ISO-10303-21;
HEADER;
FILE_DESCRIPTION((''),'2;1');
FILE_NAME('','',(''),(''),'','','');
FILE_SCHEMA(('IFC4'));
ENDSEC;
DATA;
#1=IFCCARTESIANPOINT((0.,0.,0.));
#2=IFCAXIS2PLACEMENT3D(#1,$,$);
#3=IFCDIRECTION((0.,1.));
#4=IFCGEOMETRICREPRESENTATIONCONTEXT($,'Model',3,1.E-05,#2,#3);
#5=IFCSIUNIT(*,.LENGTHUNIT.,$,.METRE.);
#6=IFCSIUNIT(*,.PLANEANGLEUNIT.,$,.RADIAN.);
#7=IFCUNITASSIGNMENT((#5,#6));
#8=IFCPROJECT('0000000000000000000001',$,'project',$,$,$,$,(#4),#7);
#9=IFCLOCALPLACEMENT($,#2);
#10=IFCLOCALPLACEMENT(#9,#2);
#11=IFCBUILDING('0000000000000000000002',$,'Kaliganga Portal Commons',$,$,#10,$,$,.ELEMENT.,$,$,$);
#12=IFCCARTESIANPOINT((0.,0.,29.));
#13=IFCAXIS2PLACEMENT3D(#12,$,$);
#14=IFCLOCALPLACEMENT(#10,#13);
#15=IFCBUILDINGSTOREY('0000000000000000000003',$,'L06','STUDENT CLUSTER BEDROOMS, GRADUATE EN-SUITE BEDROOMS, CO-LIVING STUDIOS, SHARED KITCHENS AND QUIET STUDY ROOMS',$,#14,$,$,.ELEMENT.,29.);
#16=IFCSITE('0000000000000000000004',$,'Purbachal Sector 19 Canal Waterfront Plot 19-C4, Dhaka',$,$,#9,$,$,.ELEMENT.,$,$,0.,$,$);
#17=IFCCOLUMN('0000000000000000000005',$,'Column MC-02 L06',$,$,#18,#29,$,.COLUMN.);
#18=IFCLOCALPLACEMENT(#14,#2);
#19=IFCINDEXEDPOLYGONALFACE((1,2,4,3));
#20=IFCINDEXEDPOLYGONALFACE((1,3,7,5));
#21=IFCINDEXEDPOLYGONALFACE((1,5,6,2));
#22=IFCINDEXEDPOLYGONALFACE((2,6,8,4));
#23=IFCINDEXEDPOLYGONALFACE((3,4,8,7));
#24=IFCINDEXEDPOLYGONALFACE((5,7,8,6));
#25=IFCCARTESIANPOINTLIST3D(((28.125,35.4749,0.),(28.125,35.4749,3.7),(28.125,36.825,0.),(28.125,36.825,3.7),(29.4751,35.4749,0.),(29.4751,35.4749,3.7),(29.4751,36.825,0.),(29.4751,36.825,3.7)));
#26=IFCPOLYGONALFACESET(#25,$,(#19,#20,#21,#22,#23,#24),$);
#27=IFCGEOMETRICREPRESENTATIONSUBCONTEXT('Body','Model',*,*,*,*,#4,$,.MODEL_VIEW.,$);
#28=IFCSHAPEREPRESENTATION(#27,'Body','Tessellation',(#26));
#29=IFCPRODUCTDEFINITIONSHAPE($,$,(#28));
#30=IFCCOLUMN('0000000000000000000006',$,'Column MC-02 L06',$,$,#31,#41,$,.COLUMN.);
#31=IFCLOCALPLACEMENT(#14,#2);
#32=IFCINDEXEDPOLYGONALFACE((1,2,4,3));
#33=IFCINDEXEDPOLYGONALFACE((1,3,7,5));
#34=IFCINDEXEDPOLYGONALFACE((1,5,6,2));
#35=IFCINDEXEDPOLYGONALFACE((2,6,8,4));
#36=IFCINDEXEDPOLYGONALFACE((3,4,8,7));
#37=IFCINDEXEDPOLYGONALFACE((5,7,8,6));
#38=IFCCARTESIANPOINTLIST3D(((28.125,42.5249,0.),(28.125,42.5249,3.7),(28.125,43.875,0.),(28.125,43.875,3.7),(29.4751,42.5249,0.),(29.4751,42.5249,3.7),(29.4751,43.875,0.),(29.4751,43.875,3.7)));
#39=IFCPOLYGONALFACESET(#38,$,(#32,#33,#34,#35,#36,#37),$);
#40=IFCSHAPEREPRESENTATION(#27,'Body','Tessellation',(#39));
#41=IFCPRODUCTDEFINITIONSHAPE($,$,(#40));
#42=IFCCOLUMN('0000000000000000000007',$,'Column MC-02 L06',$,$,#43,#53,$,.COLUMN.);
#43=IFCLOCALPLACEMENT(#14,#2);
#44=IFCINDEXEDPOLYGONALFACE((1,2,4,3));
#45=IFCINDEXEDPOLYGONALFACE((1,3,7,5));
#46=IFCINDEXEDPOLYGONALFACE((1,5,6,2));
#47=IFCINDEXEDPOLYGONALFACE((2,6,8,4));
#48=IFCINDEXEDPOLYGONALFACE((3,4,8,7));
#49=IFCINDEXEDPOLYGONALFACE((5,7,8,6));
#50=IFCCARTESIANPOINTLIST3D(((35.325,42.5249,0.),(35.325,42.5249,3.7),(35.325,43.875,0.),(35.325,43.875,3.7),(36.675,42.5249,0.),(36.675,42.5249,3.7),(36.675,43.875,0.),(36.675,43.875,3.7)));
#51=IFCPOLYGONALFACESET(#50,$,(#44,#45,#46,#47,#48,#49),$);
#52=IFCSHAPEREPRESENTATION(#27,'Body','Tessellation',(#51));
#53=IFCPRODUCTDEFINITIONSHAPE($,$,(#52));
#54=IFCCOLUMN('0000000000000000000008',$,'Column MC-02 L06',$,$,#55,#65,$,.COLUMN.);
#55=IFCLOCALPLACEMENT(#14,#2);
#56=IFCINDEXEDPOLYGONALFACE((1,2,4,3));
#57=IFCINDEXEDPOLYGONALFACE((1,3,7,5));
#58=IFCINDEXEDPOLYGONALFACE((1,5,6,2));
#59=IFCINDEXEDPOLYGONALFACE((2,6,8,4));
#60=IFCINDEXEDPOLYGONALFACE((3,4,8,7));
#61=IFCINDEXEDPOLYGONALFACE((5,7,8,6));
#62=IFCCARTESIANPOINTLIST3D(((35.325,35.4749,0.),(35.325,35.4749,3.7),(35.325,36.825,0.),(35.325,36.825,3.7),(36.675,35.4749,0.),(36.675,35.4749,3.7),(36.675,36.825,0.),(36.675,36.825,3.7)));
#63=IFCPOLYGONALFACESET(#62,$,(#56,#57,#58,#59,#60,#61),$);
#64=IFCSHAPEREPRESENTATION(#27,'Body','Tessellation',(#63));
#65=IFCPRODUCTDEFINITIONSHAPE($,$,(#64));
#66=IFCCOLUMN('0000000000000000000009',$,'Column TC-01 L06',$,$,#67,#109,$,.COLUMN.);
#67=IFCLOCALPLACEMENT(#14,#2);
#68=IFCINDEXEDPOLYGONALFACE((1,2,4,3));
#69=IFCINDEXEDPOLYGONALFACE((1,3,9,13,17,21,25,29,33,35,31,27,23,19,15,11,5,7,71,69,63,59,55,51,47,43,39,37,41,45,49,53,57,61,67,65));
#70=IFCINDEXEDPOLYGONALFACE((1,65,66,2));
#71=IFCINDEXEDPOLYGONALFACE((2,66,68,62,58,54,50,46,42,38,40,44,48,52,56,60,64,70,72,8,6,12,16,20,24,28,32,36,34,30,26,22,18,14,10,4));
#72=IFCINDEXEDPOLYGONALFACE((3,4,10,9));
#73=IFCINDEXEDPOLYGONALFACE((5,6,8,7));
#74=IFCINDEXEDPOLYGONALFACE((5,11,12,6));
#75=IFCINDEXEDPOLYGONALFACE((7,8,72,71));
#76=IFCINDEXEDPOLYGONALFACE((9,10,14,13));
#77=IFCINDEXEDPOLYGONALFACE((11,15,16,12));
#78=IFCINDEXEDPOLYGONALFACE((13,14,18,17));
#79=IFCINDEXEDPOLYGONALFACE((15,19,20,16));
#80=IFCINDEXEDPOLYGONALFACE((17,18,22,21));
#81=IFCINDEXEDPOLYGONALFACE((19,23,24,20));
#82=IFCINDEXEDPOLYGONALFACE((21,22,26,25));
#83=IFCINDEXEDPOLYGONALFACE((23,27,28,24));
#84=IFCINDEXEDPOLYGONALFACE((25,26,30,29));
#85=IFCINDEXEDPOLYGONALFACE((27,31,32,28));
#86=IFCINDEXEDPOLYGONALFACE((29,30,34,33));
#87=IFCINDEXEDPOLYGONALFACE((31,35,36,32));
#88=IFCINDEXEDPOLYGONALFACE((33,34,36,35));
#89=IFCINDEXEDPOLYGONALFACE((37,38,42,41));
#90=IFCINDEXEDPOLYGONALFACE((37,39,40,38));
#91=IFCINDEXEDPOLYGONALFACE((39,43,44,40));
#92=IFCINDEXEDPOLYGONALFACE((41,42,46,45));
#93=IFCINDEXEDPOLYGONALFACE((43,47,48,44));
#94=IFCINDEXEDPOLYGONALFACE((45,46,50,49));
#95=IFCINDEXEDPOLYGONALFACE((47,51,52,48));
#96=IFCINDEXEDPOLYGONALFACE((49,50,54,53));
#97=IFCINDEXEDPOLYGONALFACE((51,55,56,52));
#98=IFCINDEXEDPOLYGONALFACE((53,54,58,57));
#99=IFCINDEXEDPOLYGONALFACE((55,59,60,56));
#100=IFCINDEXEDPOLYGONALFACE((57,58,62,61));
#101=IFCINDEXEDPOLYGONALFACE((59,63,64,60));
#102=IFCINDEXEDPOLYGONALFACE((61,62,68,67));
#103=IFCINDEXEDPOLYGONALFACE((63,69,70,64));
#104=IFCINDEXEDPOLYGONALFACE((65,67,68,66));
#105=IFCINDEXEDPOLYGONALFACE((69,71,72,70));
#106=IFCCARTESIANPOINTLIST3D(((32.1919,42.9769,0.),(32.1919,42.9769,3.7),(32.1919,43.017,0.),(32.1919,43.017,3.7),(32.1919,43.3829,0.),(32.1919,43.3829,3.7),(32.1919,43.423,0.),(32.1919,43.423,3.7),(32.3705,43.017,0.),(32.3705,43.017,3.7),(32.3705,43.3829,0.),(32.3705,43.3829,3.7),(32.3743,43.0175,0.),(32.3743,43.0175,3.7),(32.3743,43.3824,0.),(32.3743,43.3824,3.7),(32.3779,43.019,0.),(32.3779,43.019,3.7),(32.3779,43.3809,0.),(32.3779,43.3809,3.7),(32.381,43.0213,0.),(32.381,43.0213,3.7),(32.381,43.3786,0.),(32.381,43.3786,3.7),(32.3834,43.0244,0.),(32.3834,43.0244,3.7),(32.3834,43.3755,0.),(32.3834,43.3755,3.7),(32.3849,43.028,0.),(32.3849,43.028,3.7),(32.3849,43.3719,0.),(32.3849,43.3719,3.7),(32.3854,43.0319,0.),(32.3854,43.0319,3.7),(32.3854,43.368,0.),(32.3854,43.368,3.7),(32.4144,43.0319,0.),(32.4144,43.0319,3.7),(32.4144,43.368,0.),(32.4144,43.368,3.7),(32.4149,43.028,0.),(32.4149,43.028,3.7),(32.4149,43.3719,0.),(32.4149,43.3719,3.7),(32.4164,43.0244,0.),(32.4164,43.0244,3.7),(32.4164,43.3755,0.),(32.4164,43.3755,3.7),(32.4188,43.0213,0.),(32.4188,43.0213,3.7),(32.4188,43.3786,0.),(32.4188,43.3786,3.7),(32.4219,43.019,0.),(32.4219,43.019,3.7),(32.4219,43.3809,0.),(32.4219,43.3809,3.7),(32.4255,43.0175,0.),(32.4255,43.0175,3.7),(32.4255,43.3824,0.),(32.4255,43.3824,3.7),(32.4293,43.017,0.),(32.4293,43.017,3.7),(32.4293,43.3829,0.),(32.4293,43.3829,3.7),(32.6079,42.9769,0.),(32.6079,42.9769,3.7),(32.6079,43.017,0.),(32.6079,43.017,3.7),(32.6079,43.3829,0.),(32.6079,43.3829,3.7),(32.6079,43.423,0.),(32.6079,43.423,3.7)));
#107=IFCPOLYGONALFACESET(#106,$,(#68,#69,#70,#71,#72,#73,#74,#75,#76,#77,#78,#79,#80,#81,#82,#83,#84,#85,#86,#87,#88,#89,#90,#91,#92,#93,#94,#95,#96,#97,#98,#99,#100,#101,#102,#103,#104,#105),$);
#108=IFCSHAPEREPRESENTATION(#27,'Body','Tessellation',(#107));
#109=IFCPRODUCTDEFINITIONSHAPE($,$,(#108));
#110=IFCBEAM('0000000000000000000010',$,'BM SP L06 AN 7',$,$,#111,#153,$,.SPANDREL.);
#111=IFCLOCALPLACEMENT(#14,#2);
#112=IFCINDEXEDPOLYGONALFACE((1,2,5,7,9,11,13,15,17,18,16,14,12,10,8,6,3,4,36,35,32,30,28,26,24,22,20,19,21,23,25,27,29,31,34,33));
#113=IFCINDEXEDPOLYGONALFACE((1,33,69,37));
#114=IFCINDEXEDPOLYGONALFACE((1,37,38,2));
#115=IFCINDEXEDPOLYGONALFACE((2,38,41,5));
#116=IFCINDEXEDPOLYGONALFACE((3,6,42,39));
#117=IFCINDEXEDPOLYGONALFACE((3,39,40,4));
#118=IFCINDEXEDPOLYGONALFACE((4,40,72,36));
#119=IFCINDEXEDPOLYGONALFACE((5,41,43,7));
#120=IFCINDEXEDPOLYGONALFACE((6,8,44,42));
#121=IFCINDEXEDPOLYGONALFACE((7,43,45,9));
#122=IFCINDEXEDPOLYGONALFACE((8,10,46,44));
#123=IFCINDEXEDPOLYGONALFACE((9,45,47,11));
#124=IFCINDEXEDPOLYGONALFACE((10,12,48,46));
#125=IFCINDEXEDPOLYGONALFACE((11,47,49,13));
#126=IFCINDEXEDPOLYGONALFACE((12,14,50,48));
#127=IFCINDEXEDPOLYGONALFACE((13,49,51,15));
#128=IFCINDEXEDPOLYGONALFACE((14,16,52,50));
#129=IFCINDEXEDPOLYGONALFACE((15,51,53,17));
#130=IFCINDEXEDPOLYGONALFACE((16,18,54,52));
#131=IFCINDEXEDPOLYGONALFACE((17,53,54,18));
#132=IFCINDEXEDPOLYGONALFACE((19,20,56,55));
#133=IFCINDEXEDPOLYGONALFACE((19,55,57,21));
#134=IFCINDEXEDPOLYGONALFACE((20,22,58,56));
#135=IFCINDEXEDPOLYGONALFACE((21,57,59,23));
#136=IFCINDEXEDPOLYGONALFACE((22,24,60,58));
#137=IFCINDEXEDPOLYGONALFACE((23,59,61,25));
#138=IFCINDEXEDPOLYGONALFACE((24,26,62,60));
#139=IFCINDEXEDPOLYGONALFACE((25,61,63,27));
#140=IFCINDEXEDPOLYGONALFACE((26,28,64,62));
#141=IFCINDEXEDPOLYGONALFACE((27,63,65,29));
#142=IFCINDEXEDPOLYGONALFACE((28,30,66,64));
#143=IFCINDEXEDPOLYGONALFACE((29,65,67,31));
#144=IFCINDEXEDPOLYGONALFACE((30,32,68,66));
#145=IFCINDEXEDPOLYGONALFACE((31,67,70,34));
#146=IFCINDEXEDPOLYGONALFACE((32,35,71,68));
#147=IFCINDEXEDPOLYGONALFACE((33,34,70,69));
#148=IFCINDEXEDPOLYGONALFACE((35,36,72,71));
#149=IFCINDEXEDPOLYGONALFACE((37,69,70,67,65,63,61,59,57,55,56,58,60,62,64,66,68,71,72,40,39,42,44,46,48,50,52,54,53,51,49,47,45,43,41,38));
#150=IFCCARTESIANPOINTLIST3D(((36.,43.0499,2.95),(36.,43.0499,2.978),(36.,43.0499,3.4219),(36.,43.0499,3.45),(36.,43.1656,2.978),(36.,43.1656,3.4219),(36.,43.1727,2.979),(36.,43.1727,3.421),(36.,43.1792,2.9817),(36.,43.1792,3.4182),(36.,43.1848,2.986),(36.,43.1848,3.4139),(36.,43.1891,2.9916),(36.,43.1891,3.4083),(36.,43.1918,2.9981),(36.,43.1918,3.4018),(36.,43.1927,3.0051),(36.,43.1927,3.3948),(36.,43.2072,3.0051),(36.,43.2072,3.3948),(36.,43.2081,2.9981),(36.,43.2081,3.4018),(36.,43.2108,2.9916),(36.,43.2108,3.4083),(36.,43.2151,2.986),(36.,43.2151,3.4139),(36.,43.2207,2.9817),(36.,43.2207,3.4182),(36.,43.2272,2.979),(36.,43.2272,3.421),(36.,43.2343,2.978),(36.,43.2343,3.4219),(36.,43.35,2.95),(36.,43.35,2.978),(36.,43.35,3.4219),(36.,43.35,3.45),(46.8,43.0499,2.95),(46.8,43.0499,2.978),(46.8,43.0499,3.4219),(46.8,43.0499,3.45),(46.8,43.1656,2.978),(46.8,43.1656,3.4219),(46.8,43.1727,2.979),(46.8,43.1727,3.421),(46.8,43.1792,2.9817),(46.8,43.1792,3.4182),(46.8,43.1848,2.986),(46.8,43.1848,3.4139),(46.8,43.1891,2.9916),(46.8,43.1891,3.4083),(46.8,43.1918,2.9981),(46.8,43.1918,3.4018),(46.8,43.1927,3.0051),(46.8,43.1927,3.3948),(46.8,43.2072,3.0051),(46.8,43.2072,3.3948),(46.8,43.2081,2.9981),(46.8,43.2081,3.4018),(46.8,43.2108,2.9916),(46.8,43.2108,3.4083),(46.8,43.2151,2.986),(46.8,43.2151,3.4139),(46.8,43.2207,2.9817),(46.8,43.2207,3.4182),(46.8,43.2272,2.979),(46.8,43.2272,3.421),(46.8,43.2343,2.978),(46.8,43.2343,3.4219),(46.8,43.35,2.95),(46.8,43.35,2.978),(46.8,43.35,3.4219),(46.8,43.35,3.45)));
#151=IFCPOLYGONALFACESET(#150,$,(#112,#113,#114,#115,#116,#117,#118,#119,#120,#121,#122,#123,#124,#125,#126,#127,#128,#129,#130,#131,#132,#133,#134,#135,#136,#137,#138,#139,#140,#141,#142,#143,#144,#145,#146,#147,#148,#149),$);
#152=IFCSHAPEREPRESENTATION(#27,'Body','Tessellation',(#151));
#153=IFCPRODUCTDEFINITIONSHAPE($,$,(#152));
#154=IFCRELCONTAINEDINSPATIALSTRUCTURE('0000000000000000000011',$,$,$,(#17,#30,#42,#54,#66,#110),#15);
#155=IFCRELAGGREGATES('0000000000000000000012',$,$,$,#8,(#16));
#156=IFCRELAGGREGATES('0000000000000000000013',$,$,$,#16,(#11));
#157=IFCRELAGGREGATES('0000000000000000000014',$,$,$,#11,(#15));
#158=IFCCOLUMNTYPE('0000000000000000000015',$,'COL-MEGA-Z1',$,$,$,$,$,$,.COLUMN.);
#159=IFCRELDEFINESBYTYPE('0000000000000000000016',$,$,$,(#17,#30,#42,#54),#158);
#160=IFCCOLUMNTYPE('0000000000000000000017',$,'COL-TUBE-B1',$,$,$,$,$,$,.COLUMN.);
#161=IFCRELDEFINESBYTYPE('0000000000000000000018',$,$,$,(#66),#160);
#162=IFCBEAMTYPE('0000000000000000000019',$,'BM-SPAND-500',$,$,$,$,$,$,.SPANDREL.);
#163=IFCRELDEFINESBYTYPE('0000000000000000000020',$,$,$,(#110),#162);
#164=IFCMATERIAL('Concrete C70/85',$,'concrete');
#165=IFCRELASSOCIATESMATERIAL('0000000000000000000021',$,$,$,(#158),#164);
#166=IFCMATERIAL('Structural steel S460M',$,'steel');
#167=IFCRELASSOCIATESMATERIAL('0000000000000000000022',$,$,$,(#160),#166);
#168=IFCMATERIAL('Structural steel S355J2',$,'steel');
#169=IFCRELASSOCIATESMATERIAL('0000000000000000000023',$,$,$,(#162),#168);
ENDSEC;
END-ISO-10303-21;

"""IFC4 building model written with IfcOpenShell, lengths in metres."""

from ifc_helpers import new_model, si_unit, direction, frame, origin, origin_2d, place, context, subcontext, project, spatial, rectangle, i_section, extrude, source, transform, mapped, material, material_profile, profile_set, type_object, element, save


model = new_model("IFC4")

# Units and contexts
model_context = context("Model", 3, precision=1e-05, world=origin(), true_north=direction((0.0, 1.0)))
body_context = subcontext(model_context, "Body", "Model", "MODEL_VIEW")
ifc_project = project(units=[si_unit("LENGTHUNIT", "METRE"), si_unit("PLANEANGLEUNIT", "RADIAN")], contexts=[model_context])

# Site, building, storey
site_placement = place(None, origin())
site = spatial("IfcSite", under=ifc_project, at=site_placement, Name="Purbachal Sector 19 Canal Waterfront Plot 19-C4, Dhaka", CompositionType="ELEMENT", RefElevation=0.0)
building_placement = place(site_placement, origin())
building = spatial("IfcBuilding", under=site, at=building_placement, Name="Kaliganga Portal Commons", CompositionType="ELEMENT")
storey_placement = place(building_placement, frame((0.0, 0.0, 29.0)))
storey = spatial("IfcBuildingStorey", under=building, at=storey_placement, Name="L06", Description="STUDENT CLUSTER BEDROOMS, GRADUATE EN-SUITE BEDROOMS, CO-LIVING STUDIOS, SHARED KITCHENS AND QUIET STUDY ROOMS", CompositionType="ELEMENT", Elevation=29.0)

# Columns
ifc_material_1 = material(Name="Concrete C70/85", Category="concrete")
ifc_material_profile_1 = material_profile(ifc_material_1, rectangle(XDim=1.3501, YDim=1.3501, at=origin_2d()), Name="RC 1350x1350")
ifc_profile_set_1 = profile_set([ifc_material_profile_1], Name="Concrete C70/85")
column_type_1 = type_object("IfcColumnType", Name="COL-MEGA-Z1", PredefinedType="COLUMN", material=ifc_profile_set_1)
shared_shape_1 = source(origin(), body_context, "Body", "SweptSolid", [
    extrude(rectangle(XDim=1.3501, YDim=1.3501, at=origin_2d()), origin(), (0.0, 0.0, 1.0), 3.7),
])
for number, where, z_axis, x_axis, name in (
    (1, (28.8, 36.1499, 0.0), (0.0, 0.0, 1.0), (1.0, 0.0, 0.0), "Column MC-02 L06"),
    (2, (28.8, 43.2, 0.0), (0.0, 0.0, 1.0), (1.0, 0.0, 0.0), "Column MC-02 L06"),
    (3, (36.0, 43.2, 0.0), (0.0, 0.0, 1.0), (1.0, 0.0, 0.0), "Column MC-02 L06"),
    (4, (36.0, 36.1499, 0.0), (0.0, 0.0, 1.0), (1.0, 0.0, 0.0), "Column MC-02 L06"),
):
    element("IfcColumn", number, at=place(storey_placement, frame(where, z_axis=z_axis, x_axis=x_axis)), inside=storey, type_object=column_type_1, Name=name, PredefinedType="COLUMN", context=body_context, shape_type="MappedRepresentation", body=[
        mapped(shared_shape_1, transform((0.0, 0.0, 0.0), x_axis=(1.0, 0.0, 0.0), y_axis=(0.0, 1.0, 0.0), z_axis=(0.0, 0.0, 1.0), scale=1.0)),
    ])
ifc_material_2 = material(Name="Structural steel S460M", Category="steel")
ifc_material_profile_2 = material_profile(ifc_material_2, i_section(OverallWidth=0.416, OverallDepth=0.446, WebThickness=0.0291, FlangeThickness=0.04, FilletRadius=0.0149, at=origin_2d()), Name="HD 400x509")
ifc_profile_set_2 = profile_set([ifc_material_profile_2], Name="Structural steel S460M wide-flange")
column_type_2 = type_object("IfcColumnType", Name="COL-TUBE-B1", PredefinedType="COLUMN", material=ifc_profile_set_2)
shared_shape_2 = source(origin(), body_context, "Body", "SweptSolid", [
    extrude(i_section(OverallWidth=0.416, OverallDepth=0.446, WebThickness=0.0291, FlangeThickness=0.04, FilletRadius=0.0149, at=origin_2d()), origin(), (0.0, 0.0, 1.0), 3.7),
])
column_placement = place(storey_placement, frame((32.3999, 43.2, 0.0), z_axis=(0.0, 0.0, 1.0), x_axis=(1.0, 0.0, 0.0)))
element("IfcColumn", 5, at=column_placement, inside=storey, type_object=column_type_2, Name="Column TC-01 L06", PredefinedType="COLUMN", context=body_context, shape_type="MappedRepresentation", body=[
    mapped(shared_shape_2, transform((0.0, 0.0, 0.0), x_axis=(1.0, 0.0, 0.0), y_axis=(0.0, 1.0, 0.0), z_axis=(0.0, 0.0, 1.0), scale=1.0)),
])

# Beam
ifc_material_3 = material(Name="Structural steel S355J2", Category="steel")
ifc_material_profile_3 = material_profile(ifc_material_3, i_section(OverallWidth=0.3, OverallDepth=0.5, WebThickness=0.0144, FlangeThickness=0.0281, FilletRadius=0.0271, at=origin_2d()), Name="HE 500 B")
ifc_profile_set_3 = profile_set([ifc_material_profile_3], Name="Structural steel S355J2 wide-flange")
beam_type_1 = type_object("IfcBeamType", Name="BM-SPAND-500", PredefinedType="SPANDREL", material=ifc_profile_set_3)
shared_shape_3 = source(origin(), body_context, "Body", "SweptSolid", [
    extrude(i_section(OverallWidth=0.3, OverallDepth=0.5, WebThickness=0.0144, FlangeThickness=0.0281, FilletRadius=0.0271, at=origin_2d()), origin(), (0.0, 0.0, 1.0), 10.8),
])
beam_1_placement = place(storey_placement, frame((36.0, 43.2, 3.2), z_axis=(1.0, 0.0, 0.0), x_axis=(0.0, 1.0, 0.0)))
element("IfcBeam", 6, at=beam_1_placement, inside=storey, type_object=beam_type_1, Name="BM SP L06 AN 7", PredefinedType="SPANDREL", context=body_context, shape_type="MappedRepresentation", body=[
    mapped(shared_shape_3, transform((0.0, 0.0, 0.0), x_axis=(1.0, 0.0, 0.0), y_axis=(0.0, 1.0, 0.0), z_axis=(0.0, 0.0, 1.0), scale=1.0)),
])

save(model, "model.ifc")
